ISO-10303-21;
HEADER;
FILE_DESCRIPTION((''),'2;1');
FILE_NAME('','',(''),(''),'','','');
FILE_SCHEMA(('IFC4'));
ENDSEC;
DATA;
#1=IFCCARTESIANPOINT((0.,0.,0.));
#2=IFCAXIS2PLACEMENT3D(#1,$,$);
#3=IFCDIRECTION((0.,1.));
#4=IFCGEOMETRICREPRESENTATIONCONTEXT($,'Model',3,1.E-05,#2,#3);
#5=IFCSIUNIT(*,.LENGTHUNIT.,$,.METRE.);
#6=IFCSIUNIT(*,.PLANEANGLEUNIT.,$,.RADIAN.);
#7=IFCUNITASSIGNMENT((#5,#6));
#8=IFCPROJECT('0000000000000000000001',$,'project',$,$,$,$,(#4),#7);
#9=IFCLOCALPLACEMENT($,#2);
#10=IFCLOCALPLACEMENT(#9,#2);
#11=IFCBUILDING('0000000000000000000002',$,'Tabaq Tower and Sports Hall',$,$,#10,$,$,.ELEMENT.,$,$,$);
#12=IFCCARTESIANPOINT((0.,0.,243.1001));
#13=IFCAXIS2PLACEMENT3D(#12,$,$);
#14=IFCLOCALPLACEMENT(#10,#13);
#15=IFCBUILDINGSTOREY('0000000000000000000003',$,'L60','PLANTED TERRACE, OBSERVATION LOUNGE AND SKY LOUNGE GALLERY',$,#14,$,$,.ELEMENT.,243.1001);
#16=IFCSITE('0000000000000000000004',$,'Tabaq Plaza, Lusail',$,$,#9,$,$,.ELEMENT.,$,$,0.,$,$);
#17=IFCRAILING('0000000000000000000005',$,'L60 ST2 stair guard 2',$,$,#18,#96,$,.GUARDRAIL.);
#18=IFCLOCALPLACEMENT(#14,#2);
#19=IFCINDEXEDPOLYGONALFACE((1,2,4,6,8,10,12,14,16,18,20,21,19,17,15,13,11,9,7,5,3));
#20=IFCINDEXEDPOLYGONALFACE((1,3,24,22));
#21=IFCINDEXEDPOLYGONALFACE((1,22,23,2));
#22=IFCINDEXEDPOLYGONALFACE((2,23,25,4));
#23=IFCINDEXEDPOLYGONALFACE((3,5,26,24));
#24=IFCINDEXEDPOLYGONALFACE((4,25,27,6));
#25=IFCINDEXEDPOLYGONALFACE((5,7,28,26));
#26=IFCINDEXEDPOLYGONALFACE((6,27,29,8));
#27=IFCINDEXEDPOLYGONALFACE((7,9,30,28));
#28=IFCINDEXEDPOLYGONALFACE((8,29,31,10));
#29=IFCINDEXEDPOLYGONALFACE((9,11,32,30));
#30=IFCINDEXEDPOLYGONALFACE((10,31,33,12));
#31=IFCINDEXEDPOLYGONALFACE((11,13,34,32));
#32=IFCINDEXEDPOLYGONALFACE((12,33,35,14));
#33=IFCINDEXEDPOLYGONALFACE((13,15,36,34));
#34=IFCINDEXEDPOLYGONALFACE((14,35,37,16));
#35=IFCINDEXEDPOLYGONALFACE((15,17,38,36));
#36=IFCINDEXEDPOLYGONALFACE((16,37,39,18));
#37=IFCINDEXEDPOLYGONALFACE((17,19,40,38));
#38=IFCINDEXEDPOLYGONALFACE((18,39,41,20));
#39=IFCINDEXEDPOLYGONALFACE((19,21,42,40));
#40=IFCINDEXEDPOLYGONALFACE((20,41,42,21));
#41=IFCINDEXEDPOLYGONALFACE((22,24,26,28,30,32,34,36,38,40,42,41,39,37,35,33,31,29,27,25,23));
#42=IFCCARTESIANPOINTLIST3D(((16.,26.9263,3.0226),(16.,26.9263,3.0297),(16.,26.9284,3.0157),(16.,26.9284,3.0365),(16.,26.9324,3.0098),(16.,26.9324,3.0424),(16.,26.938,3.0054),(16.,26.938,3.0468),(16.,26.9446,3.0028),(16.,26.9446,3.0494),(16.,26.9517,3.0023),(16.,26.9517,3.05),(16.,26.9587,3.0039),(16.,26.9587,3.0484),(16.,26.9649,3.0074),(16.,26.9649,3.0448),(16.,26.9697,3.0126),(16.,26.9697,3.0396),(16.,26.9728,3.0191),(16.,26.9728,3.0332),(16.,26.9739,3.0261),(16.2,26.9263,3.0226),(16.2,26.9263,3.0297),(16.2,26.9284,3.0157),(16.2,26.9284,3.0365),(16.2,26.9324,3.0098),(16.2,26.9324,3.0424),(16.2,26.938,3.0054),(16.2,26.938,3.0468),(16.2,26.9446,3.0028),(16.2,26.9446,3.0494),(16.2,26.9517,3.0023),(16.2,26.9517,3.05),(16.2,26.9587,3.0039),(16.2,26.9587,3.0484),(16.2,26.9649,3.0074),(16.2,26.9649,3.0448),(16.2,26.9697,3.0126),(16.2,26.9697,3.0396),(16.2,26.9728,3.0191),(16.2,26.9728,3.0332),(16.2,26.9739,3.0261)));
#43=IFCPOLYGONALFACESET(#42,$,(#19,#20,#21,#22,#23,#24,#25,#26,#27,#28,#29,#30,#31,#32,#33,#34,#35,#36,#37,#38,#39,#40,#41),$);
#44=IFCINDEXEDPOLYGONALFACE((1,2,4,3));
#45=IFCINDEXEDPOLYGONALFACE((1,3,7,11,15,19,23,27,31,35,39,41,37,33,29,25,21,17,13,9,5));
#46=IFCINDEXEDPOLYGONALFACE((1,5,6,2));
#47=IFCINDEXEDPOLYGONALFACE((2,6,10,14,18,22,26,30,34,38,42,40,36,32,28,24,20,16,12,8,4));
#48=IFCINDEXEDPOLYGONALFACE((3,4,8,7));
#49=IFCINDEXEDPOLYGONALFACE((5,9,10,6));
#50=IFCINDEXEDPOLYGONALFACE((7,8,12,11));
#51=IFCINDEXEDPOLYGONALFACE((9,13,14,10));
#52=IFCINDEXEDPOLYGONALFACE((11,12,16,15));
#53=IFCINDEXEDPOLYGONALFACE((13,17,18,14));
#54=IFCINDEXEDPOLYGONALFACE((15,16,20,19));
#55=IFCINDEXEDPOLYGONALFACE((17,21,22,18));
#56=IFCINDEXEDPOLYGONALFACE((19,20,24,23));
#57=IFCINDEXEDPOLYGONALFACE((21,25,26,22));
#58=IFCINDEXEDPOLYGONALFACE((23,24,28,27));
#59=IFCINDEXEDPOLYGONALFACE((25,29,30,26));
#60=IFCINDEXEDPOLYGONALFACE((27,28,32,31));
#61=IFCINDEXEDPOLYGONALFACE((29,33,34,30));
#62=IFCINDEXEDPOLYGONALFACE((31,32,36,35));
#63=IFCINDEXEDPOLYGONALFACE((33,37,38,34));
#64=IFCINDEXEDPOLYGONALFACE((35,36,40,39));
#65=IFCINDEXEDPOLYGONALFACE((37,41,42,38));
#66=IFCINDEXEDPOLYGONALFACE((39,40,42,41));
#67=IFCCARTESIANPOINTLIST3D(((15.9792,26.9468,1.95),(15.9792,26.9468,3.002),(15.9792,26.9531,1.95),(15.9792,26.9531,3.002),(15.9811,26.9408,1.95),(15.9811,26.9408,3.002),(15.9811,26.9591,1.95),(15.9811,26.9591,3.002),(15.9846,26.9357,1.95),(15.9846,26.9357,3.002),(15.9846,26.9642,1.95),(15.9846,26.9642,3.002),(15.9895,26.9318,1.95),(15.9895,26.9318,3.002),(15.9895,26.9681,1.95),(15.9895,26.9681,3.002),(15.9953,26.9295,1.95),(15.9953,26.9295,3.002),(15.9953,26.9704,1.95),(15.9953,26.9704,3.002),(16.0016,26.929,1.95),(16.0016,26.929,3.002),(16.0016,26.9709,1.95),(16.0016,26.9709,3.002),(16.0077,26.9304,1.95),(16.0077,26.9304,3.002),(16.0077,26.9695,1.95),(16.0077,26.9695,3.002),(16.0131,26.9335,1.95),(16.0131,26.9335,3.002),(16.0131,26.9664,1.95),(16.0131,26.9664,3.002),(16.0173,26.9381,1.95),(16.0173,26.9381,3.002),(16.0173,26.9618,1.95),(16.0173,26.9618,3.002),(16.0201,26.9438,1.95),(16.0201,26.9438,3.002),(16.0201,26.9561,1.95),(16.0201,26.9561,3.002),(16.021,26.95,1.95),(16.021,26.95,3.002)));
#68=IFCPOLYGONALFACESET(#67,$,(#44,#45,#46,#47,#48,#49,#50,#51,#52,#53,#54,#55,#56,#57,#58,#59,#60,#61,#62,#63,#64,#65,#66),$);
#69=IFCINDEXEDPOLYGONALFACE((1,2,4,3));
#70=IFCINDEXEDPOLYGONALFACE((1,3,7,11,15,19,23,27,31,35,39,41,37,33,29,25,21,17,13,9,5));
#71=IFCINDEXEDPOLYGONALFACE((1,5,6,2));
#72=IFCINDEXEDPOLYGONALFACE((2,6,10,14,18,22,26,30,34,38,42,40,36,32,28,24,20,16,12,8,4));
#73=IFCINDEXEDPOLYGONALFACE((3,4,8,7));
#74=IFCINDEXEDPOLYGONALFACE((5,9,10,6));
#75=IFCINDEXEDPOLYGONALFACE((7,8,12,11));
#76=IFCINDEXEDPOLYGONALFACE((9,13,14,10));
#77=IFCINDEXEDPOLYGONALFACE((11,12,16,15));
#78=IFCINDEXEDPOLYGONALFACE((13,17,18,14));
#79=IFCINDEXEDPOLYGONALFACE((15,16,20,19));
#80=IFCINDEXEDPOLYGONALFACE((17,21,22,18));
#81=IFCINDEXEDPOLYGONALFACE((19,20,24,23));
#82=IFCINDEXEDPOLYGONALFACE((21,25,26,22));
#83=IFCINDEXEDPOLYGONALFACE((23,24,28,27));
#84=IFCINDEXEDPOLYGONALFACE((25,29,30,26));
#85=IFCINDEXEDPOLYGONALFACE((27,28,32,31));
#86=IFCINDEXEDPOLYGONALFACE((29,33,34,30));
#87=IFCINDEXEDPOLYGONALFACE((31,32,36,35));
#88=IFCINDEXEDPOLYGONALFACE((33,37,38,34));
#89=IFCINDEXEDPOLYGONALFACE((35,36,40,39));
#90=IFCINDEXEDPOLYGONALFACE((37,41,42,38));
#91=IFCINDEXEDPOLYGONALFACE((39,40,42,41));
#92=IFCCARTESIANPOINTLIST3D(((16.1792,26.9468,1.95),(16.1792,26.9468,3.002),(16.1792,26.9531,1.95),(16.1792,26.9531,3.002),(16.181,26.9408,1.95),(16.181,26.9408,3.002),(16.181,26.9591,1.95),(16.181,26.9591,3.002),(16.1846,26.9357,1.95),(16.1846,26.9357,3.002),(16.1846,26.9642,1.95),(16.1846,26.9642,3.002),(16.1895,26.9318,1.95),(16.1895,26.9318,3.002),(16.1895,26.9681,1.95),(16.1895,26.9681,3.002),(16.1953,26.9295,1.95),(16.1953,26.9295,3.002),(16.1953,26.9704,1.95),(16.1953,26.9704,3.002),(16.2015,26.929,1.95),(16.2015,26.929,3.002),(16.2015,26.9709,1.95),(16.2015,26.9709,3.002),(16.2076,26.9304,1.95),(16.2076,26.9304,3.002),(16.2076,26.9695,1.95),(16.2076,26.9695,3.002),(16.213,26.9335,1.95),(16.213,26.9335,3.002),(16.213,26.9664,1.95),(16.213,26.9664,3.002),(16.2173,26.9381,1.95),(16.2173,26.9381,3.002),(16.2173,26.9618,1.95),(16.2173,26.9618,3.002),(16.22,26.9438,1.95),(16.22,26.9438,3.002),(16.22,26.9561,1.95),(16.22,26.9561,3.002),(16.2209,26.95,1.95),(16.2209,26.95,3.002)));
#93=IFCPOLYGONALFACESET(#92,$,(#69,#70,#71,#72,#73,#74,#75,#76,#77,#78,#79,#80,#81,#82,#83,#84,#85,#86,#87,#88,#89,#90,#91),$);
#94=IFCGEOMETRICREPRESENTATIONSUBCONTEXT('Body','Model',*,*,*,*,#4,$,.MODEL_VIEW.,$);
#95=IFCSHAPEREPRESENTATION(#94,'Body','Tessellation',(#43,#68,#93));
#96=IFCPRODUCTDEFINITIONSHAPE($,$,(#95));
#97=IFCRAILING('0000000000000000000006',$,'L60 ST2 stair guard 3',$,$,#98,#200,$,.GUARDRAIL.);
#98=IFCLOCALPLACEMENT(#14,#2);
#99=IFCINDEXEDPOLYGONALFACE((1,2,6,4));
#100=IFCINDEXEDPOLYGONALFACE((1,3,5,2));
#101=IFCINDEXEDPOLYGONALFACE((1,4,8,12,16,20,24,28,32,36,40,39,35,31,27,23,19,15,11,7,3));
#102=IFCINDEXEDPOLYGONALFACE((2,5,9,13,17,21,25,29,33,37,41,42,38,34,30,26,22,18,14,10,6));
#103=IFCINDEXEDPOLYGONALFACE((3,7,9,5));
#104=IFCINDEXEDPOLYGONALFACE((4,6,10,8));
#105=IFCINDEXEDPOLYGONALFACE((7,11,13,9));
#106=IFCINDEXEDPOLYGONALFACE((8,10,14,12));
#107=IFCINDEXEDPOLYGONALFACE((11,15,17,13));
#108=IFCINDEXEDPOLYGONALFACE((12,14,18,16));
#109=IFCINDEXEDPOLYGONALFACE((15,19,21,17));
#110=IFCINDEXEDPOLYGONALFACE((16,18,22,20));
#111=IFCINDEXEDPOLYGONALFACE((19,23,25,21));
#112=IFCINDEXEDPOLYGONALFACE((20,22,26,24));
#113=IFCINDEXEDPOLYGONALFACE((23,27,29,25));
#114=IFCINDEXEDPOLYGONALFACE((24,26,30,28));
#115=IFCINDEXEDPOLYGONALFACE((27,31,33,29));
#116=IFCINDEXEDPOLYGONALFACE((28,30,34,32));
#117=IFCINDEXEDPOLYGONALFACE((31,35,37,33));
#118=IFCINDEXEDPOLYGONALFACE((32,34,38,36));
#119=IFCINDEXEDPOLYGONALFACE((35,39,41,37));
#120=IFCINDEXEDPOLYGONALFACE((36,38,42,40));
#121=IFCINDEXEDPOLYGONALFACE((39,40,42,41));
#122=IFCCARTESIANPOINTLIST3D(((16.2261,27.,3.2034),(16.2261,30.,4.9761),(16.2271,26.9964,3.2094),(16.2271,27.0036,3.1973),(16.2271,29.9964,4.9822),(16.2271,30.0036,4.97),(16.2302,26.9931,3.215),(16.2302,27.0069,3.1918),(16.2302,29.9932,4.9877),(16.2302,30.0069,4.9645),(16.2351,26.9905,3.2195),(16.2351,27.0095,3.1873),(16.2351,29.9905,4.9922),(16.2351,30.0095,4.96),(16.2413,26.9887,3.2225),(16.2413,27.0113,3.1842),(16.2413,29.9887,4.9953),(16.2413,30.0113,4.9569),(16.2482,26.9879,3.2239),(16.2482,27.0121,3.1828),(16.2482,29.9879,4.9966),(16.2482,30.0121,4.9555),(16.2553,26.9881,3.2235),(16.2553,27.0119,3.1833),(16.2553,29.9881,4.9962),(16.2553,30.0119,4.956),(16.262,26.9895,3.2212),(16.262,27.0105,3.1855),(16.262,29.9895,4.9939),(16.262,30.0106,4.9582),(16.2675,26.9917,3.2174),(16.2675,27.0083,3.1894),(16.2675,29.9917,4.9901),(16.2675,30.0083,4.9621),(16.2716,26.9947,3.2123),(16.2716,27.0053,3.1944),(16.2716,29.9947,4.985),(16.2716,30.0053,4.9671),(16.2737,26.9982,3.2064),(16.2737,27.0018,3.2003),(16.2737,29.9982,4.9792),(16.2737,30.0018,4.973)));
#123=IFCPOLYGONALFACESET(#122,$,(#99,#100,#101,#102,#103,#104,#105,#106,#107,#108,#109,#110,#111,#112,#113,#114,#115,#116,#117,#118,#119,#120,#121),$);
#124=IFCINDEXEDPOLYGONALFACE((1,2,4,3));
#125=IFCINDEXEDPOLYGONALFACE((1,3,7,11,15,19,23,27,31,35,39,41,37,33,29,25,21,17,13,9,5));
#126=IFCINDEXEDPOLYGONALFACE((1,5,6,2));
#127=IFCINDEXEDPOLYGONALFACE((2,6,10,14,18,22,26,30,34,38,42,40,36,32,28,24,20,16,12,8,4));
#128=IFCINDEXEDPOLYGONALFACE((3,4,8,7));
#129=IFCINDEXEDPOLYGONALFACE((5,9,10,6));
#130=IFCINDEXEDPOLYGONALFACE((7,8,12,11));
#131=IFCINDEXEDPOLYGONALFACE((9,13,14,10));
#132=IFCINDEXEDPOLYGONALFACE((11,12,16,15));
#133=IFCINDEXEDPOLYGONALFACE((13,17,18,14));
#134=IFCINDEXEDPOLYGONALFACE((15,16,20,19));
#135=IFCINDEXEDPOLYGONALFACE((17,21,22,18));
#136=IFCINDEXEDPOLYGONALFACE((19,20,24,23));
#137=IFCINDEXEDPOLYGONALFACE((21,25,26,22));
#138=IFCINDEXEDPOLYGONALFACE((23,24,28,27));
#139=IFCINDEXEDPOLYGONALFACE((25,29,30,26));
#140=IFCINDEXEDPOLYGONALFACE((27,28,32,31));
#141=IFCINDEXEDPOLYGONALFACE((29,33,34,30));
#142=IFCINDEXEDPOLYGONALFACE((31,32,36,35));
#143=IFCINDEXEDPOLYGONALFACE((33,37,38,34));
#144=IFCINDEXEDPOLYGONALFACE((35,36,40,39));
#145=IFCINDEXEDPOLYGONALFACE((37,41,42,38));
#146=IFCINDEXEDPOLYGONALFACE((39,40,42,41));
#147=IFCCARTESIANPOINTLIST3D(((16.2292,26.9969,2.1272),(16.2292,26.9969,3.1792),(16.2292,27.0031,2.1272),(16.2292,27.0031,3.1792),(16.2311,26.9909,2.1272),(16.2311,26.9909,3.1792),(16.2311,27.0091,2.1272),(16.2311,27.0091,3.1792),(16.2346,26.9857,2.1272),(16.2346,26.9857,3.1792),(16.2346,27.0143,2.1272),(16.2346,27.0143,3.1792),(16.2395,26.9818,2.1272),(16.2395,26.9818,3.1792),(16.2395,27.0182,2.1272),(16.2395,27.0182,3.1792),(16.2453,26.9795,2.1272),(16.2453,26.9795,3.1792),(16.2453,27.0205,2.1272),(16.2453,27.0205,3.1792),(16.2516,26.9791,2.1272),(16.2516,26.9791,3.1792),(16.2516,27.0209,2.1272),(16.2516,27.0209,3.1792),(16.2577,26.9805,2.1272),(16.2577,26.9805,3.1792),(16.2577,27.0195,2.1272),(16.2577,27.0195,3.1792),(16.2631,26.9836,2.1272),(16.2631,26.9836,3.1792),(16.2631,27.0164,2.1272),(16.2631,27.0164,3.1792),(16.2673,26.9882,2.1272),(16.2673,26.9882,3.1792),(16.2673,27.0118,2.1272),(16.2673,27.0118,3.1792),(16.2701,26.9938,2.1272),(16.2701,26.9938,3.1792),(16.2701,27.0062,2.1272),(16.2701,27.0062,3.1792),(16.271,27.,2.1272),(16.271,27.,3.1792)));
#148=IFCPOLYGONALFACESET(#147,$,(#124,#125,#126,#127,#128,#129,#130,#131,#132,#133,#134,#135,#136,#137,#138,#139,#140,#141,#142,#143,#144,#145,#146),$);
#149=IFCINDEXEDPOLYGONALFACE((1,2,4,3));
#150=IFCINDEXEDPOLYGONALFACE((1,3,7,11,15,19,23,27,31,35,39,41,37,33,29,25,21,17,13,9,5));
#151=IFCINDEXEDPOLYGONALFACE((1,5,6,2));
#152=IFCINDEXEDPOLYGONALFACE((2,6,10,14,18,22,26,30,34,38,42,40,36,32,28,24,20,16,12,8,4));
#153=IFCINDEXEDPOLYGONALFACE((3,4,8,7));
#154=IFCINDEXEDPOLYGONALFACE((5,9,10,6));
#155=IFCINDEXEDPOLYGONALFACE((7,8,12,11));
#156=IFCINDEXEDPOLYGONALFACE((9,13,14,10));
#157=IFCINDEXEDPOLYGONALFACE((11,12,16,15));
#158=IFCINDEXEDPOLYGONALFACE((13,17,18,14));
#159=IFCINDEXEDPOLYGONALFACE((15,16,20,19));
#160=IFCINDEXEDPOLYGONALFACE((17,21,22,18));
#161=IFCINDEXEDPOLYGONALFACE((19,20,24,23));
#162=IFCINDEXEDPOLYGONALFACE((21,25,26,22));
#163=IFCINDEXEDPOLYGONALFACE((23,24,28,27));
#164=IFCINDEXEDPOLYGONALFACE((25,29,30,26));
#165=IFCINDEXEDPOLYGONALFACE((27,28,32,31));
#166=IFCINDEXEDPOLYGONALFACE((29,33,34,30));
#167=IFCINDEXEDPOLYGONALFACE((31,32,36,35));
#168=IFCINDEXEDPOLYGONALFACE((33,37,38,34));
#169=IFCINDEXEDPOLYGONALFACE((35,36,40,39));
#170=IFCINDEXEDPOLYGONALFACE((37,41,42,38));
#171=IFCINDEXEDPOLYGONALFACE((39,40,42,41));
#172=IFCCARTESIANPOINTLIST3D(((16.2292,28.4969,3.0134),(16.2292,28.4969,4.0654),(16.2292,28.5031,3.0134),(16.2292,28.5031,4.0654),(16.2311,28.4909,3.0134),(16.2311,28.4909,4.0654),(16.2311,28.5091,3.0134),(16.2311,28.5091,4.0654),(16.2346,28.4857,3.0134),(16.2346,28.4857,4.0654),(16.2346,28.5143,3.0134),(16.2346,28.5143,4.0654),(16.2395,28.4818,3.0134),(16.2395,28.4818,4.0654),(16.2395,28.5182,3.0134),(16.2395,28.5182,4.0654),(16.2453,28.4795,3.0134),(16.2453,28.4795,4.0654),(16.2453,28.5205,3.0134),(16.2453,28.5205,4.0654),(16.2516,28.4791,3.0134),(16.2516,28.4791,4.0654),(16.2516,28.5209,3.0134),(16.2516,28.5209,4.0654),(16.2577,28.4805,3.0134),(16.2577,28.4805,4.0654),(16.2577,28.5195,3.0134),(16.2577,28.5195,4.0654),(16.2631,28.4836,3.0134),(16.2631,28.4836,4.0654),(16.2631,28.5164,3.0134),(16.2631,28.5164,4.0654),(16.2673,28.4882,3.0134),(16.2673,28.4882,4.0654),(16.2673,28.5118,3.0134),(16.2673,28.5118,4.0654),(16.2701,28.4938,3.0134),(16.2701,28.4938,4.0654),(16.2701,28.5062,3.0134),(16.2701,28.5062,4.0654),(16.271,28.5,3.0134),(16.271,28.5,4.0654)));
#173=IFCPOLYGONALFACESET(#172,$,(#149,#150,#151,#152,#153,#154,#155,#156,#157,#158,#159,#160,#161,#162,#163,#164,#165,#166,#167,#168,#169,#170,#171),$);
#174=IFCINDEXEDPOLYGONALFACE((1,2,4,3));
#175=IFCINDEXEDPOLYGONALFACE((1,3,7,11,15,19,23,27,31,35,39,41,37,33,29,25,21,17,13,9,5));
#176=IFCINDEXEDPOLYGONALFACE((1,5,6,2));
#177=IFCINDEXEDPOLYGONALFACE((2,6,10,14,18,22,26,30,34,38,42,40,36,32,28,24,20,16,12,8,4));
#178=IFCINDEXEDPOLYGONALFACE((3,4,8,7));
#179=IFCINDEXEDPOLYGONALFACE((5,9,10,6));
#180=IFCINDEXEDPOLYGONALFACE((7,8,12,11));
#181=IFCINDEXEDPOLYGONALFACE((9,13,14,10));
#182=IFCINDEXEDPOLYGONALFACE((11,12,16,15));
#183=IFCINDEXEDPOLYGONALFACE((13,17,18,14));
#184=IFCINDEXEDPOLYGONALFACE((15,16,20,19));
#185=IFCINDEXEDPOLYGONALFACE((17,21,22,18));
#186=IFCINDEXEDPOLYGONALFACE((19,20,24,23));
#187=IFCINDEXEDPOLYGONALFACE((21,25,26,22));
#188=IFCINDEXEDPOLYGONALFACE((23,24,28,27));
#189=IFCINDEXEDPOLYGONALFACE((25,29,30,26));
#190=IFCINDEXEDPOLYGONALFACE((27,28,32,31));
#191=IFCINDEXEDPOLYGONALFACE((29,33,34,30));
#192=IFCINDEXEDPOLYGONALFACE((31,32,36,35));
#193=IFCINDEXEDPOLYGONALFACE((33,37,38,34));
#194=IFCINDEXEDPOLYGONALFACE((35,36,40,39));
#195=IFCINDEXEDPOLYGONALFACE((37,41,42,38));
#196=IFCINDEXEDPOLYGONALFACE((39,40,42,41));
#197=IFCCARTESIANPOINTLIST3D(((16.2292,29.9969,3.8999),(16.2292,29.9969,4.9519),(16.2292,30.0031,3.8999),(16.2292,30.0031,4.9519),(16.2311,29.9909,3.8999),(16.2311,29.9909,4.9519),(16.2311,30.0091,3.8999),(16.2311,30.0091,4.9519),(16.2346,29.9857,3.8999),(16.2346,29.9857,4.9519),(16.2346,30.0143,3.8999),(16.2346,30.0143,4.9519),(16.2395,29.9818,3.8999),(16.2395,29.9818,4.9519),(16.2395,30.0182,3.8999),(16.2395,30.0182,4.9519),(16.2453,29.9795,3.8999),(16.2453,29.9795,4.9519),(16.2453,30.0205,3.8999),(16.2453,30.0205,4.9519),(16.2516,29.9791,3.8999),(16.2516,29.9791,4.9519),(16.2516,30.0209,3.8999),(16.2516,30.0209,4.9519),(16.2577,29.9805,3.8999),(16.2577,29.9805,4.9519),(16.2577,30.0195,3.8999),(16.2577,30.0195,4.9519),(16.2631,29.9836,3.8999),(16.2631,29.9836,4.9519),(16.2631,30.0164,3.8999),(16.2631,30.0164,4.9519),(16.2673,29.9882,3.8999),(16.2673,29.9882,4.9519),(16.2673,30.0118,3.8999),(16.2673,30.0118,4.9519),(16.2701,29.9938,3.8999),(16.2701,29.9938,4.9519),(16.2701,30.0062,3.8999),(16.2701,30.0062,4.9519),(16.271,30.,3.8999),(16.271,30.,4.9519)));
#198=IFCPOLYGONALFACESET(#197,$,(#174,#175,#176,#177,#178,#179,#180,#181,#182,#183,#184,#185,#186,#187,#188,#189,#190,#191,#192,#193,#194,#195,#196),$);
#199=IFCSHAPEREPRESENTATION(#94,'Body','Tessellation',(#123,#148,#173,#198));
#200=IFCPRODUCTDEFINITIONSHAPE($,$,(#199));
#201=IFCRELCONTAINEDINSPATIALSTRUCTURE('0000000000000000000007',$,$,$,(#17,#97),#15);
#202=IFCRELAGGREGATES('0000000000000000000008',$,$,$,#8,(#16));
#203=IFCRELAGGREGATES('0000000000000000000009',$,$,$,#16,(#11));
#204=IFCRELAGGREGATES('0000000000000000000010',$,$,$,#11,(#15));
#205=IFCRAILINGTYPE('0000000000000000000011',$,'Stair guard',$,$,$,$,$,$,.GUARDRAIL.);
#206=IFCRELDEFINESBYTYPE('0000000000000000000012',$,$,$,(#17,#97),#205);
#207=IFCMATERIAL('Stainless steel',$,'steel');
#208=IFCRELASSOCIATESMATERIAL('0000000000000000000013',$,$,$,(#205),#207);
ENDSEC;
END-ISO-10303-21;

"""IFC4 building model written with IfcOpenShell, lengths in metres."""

from ifc_helpers import new_model, si_unit, direction, frame, origin, origin_2d, place, context, subcontext, project, spatial, circle, extrude, material, type_object, element, save


model = new_model("IFC4")

# Units and contexts
model_context = context("Model", 3, precision=1e-05, world=origin(), true_north=direction((0.0, 1.0)))
body_context = subcontext(model_context, "Body", "Model", "MODEL_VIEW")
ifc_project = project(units=[si_unit("LENGTHUNIT", "METRE"), si_unit("PLANEANGLEUNIT", "RADIAN")], contexts=[model_context])

# Site, building, storey
site_placement = place(None, origin())
site = spatial("IfcSite", under=ifc_project, at=site_placement, Name="Tabaq Plaza, Lusail", CompositionType="ELEMENT", RefElevation=0.0)
building_placement = place(site_placement, origin())
building = spatial("IfcBuilding", under=site, at=building_placement, Name="Tabaq Tower and Sports Hall", CompositionType="ELEMENT")
storey_placement = place(building_placement, frame((0.0, 0.0, 243.1001)))
storey = spatial("IfcBuildingStorey", under=building, at=storey_placement, Name="L60", Description="PLANTED TERRACE, OBSERVATION LOUNGE AND SKY LOUNGE GALLERY", CompositionType="ELEMENT", Elevation=243.1001)

# Railings
ifc_material_1 = material(Name="Stainless steel", Category="steel")
railing_type = type_object("IfcRailingType", Name="Stair guard", PredefinedType="GUARDRAIL", material=ifc_material_1)
railing_1_placement = place(storey_placement, frame((16.0, 26.95, 1.95)))
element("IfcRailing", 1, at=railing_1_placement, inside=storey, type_object=railing_type, Name="L60 ST2 stair guard 2", PredefinedType="GUARDRAIL", context=body_context, shape_type="SweptSolid", body=[
    extrude(circle(Radius=0.0239, at=origin_2d()), frame((0.0, 0.0, 1.0762), z_axis=(1.0, 0.0, 0.0), x_axis=(0.0, 1.0, 0.0)), (0.0, 0.0, 1.0), 0.2),
    extrude(circle(Radius=0.021, at=origin_2d()), origin(), (0.0, 0.0, 1.0), 1.052),
    extrude(circle(Radius=0.021, at=origin_2d()), frame((0.2, 0.0, 0.0)), (0.0, 0.0, 1.0), 1.052),
])
railing_2_placement = place(storey_placement, frame((16.25, 27.0, 2.1272)))
element("IfcRailing", 2, at=railing_2_placement, inside=storey, type_object=railing_type, Name="L60 ST2 stair guard 3", PredefinedType="GUARDRAIL", context=body_context, shape_type="SweptSolid", body=[
    extrude(circle(Radius=0.0239, at=origin_2d()), frame((0.0, 0.0, 1.0762), z_axis=(0.0, 0.860929, 0.508725), x_axis=(-1.0, 0.0, 0.0)), (0.0, 0.0, 1.0), 3.4846),
    extrude(circle(Radius=0.021, at=origin_2d()), origin(), (0.0, 0.0, 1.0), 1.052),
    extrude(circle(Radius=0.021, at=origin_2d()), frame((0.0, 1.5, 0.8862)), (0.0, 0.0, 1.0), 1.052),
    extrude(circle(Radius=0.021, at=origin_2d()), frame((0.0, 3.0, 1.7727)), (0.0, 0.0, 1.0), 1.052),
])

save(model, "model.ifc")
